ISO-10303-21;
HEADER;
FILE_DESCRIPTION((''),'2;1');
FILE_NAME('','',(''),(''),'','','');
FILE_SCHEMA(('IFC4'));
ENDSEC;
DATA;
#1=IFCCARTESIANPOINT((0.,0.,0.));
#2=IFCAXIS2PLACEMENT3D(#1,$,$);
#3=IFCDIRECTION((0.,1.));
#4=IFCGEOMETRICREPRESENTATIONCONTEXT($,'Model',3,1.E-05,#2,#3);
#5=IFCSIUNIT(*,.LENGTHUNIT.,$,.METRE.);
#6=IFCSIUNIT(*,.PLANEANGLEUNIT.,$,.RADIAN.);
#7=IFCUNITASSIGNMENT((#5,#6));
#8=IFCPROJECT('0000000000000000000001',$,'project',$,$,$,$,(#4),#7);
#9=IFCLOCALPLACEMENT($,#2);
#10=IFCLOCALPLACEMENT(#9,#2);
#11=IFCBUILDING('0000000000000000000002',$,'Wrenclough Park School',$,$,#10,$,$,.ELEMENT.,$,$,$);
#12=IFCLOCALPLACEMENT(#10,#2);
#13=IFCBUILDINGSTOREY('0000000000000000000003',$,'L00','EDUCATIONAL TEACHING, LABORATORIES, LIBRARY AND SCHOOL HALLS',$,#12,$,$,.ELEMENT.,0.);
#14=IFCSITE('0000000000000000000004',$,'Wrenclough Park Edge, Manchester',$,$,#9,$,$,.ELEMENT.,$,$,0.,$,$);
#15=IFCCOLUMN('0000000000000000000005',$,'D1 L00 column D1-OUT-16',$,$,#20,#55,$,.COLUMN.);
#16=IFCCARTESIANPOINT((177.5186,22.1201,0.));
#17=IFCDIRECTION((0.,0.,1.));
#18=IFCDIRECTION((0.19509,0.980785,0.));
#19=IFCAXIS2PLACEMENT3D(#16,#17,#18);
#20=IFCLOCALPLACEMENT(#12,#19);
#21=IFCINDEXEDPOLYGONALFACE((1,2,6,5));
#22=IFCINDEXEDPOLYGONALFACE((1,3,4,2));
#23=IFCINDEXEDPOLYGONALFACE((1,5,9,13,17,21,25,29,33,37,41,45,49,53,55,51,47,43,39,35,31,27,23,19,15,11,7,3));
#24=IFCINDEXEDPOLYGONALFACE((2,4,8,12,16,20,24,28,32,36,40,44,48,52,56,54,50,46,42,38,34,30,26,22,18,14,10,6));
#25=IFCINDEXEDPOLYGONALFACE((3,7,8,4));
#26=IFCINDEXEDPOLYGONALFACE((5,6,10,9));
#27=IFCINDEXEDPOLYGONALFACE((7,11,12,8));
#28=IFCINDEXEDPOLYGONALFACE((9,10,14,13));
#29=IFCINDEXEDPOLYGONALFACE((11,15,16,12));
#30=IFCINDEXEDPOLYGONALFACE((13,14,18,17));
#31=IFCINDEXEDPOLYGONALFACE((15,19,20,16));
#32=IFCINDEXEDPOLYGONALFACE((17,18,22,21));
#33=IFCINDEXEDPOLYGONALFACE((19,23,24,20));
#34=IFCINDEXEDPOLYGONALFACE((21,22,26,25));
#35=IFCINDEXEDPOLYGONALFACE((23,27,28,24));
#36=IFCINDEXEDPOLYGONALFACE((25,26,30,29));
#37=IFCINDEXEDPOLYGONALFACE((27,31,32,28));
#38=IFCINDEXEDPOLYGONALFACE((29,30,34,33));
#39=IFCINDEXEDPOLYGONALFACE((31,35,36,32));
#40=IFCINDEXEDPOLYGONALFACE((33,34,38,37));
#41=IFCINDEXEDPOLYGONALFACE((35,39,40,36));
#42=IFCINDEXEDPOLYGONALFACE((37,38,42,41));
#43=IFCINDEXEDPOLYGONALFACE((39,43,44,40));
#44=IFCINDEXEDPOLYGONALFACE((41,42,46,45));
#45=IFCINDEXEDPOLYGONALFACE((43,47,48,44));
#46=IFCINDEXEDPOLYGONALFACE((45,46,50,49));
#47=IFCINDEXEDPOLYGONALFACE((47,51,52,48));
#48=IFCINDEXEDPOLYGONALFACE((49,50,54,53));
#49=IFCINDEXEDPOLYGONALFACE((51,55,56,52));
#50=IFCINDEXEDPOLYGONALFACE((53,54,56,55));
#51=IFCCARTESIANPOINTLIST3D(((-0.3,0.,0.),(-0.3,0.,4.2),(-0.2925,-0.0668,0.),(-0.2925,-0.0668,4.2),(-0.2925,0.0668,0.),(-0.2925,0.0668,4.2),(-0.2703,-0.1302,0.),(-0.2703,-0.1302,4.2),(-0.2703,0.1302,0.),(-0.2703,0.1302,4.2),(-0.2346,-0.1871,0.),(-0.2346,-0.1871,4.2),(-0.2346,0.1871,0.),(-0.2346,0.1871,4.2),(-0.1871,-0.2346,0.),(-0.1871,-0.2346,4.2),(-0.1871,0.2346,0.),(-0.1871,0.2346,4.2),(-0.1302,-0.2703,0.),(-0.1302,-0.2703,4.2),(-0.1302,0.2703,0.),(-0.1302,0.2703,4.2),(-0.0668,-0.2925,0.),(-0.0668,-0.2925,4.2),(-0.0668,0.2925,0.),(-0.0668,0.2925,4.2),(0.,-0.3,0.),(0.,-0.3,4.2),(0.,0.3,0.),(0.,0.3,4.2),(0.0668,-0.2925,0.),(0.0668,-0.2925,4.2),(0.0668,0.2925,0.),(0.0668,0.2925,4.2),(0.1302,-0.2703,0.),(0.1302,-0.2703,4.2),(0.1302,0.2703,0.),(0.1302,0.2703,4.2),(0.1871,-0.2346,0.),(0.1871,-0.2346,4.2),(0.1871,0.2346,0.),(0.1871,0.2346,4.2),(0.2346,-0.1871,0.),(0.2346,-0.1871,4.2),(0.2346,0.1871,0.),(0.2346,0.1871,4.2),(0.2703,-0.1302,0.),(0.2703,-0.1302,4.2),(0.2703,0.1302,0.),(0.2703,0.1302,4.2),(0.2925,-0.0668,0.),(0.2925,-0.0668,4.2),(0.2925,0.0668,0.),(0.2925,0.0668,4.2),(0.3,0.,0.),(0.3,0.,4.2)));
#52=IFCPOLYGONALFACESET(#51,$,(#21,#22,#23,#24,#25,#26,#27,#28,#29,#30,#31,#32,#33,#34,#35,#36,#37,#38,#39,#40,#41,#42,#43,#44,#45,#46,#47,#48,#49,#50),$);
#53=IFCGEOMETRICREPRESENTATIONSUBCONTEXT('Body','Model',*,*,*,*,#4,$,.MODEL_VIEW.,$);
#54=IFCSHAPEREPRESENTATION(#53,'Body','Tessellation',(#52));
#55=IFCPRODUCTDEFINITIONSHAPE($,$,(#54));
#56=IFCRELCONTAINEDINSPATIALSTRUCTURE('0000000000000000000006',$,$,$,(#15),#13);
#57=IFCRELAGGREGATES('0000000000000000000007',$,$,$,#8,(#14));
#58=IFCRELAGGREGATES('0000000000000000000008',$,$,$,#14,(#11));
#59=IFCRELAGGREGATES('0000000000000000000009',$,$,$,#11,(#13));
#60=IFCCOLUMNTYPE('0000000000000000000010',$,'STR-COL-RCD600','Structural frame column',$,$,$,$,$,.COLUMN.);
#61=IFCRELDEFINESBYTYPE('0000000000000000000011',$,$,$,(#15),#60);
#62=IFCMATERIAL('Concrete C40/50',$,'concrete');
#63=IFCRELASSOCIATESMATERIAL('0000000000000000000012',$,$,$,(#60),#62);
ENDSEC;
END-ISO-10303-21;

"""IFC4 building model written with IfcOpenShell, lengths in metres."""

from ifc_helpers import new_model, si_unit, direction, frame, origin, origin_2d, place, context, subcontext, project, spatial, circle, extrude, material, material_profile, profile_set, type_object, element, save


model = new_model("IFC4")

# Units and contexts
model_context = context("Model", 3, precision=1e-05, world=origin(), true_north=direction((0.0, 1.0)))
body_context = subcontext(model_context, "Body", "Model", "MODEL_VIEW")
ifc_project = project(units=[si_unit("LENGTHUNIT", "METRE"), si_unit("PLANEANGLEUNIT", "RADIAN")], contexts=[model_context])

# Site, building, storey
site_placement = place(None, origin())
site = spatial("IfcSite", under=ifc_project, at=site_placement, Name="Wrenclough Park Edge, Manchester", CompositionType="ELEMENT", RefElevation=0.0)
building_placement = place(site_placement, origin())
building = spatial("IfcBuilding", under=site, at=building_placement, Name="Wrenclough Park School", CompositionType="ELEMENT")
storey_placement = place(building_placement, origin())
storey = spatial("IfcBuildingStorey", under=building, at=storey_placement, Name="L00", Description="EDUCATIONAL TEACHING, LABORATORIES, LIBRARY AND SCHOOL HALLS", CompositionType="ELEMENT", Elevation=0.0)

# Column
ifc_material_1 = material(Name="Concrete C40/50", Category="concrete")
ifc_material_profile_1 = material_profile(ifc_material_1, circle(Radius=0.3, at=origin_2d()), Name="RC COL D600")
ifc_profile_set_1 = profile_set([ifc_material_profile_1], Name="Concrete C40/50")
column_type_1 = type_object("IfcColumnType", Name="STR-COL-RCD600", Description="Structural frame column", PredefinedType="COLUMN", material=ifc_profile_set_1)
column_1_placement = place(storey_placement, frame((177.5186, 22.1201, 0.0), z_axis=(0.0, 0.0, 1.0), x_axis=(0.19509, 0.980785, 0.0)))
element("IfcColumn", 1, at=column_1_placement, inside=storey, type_object=column_type_1, Name="D1 L00 column D1-OUT-16", PredefinedType="COLUMN", context=body_context, shape_type="SweptSolid", body=[
    extrude(circle(Radius=0.3, at=origin_2d()), origin(), (0.0, 0.0, 1.0), 4.2),
])

save(model, "model.ifc")
